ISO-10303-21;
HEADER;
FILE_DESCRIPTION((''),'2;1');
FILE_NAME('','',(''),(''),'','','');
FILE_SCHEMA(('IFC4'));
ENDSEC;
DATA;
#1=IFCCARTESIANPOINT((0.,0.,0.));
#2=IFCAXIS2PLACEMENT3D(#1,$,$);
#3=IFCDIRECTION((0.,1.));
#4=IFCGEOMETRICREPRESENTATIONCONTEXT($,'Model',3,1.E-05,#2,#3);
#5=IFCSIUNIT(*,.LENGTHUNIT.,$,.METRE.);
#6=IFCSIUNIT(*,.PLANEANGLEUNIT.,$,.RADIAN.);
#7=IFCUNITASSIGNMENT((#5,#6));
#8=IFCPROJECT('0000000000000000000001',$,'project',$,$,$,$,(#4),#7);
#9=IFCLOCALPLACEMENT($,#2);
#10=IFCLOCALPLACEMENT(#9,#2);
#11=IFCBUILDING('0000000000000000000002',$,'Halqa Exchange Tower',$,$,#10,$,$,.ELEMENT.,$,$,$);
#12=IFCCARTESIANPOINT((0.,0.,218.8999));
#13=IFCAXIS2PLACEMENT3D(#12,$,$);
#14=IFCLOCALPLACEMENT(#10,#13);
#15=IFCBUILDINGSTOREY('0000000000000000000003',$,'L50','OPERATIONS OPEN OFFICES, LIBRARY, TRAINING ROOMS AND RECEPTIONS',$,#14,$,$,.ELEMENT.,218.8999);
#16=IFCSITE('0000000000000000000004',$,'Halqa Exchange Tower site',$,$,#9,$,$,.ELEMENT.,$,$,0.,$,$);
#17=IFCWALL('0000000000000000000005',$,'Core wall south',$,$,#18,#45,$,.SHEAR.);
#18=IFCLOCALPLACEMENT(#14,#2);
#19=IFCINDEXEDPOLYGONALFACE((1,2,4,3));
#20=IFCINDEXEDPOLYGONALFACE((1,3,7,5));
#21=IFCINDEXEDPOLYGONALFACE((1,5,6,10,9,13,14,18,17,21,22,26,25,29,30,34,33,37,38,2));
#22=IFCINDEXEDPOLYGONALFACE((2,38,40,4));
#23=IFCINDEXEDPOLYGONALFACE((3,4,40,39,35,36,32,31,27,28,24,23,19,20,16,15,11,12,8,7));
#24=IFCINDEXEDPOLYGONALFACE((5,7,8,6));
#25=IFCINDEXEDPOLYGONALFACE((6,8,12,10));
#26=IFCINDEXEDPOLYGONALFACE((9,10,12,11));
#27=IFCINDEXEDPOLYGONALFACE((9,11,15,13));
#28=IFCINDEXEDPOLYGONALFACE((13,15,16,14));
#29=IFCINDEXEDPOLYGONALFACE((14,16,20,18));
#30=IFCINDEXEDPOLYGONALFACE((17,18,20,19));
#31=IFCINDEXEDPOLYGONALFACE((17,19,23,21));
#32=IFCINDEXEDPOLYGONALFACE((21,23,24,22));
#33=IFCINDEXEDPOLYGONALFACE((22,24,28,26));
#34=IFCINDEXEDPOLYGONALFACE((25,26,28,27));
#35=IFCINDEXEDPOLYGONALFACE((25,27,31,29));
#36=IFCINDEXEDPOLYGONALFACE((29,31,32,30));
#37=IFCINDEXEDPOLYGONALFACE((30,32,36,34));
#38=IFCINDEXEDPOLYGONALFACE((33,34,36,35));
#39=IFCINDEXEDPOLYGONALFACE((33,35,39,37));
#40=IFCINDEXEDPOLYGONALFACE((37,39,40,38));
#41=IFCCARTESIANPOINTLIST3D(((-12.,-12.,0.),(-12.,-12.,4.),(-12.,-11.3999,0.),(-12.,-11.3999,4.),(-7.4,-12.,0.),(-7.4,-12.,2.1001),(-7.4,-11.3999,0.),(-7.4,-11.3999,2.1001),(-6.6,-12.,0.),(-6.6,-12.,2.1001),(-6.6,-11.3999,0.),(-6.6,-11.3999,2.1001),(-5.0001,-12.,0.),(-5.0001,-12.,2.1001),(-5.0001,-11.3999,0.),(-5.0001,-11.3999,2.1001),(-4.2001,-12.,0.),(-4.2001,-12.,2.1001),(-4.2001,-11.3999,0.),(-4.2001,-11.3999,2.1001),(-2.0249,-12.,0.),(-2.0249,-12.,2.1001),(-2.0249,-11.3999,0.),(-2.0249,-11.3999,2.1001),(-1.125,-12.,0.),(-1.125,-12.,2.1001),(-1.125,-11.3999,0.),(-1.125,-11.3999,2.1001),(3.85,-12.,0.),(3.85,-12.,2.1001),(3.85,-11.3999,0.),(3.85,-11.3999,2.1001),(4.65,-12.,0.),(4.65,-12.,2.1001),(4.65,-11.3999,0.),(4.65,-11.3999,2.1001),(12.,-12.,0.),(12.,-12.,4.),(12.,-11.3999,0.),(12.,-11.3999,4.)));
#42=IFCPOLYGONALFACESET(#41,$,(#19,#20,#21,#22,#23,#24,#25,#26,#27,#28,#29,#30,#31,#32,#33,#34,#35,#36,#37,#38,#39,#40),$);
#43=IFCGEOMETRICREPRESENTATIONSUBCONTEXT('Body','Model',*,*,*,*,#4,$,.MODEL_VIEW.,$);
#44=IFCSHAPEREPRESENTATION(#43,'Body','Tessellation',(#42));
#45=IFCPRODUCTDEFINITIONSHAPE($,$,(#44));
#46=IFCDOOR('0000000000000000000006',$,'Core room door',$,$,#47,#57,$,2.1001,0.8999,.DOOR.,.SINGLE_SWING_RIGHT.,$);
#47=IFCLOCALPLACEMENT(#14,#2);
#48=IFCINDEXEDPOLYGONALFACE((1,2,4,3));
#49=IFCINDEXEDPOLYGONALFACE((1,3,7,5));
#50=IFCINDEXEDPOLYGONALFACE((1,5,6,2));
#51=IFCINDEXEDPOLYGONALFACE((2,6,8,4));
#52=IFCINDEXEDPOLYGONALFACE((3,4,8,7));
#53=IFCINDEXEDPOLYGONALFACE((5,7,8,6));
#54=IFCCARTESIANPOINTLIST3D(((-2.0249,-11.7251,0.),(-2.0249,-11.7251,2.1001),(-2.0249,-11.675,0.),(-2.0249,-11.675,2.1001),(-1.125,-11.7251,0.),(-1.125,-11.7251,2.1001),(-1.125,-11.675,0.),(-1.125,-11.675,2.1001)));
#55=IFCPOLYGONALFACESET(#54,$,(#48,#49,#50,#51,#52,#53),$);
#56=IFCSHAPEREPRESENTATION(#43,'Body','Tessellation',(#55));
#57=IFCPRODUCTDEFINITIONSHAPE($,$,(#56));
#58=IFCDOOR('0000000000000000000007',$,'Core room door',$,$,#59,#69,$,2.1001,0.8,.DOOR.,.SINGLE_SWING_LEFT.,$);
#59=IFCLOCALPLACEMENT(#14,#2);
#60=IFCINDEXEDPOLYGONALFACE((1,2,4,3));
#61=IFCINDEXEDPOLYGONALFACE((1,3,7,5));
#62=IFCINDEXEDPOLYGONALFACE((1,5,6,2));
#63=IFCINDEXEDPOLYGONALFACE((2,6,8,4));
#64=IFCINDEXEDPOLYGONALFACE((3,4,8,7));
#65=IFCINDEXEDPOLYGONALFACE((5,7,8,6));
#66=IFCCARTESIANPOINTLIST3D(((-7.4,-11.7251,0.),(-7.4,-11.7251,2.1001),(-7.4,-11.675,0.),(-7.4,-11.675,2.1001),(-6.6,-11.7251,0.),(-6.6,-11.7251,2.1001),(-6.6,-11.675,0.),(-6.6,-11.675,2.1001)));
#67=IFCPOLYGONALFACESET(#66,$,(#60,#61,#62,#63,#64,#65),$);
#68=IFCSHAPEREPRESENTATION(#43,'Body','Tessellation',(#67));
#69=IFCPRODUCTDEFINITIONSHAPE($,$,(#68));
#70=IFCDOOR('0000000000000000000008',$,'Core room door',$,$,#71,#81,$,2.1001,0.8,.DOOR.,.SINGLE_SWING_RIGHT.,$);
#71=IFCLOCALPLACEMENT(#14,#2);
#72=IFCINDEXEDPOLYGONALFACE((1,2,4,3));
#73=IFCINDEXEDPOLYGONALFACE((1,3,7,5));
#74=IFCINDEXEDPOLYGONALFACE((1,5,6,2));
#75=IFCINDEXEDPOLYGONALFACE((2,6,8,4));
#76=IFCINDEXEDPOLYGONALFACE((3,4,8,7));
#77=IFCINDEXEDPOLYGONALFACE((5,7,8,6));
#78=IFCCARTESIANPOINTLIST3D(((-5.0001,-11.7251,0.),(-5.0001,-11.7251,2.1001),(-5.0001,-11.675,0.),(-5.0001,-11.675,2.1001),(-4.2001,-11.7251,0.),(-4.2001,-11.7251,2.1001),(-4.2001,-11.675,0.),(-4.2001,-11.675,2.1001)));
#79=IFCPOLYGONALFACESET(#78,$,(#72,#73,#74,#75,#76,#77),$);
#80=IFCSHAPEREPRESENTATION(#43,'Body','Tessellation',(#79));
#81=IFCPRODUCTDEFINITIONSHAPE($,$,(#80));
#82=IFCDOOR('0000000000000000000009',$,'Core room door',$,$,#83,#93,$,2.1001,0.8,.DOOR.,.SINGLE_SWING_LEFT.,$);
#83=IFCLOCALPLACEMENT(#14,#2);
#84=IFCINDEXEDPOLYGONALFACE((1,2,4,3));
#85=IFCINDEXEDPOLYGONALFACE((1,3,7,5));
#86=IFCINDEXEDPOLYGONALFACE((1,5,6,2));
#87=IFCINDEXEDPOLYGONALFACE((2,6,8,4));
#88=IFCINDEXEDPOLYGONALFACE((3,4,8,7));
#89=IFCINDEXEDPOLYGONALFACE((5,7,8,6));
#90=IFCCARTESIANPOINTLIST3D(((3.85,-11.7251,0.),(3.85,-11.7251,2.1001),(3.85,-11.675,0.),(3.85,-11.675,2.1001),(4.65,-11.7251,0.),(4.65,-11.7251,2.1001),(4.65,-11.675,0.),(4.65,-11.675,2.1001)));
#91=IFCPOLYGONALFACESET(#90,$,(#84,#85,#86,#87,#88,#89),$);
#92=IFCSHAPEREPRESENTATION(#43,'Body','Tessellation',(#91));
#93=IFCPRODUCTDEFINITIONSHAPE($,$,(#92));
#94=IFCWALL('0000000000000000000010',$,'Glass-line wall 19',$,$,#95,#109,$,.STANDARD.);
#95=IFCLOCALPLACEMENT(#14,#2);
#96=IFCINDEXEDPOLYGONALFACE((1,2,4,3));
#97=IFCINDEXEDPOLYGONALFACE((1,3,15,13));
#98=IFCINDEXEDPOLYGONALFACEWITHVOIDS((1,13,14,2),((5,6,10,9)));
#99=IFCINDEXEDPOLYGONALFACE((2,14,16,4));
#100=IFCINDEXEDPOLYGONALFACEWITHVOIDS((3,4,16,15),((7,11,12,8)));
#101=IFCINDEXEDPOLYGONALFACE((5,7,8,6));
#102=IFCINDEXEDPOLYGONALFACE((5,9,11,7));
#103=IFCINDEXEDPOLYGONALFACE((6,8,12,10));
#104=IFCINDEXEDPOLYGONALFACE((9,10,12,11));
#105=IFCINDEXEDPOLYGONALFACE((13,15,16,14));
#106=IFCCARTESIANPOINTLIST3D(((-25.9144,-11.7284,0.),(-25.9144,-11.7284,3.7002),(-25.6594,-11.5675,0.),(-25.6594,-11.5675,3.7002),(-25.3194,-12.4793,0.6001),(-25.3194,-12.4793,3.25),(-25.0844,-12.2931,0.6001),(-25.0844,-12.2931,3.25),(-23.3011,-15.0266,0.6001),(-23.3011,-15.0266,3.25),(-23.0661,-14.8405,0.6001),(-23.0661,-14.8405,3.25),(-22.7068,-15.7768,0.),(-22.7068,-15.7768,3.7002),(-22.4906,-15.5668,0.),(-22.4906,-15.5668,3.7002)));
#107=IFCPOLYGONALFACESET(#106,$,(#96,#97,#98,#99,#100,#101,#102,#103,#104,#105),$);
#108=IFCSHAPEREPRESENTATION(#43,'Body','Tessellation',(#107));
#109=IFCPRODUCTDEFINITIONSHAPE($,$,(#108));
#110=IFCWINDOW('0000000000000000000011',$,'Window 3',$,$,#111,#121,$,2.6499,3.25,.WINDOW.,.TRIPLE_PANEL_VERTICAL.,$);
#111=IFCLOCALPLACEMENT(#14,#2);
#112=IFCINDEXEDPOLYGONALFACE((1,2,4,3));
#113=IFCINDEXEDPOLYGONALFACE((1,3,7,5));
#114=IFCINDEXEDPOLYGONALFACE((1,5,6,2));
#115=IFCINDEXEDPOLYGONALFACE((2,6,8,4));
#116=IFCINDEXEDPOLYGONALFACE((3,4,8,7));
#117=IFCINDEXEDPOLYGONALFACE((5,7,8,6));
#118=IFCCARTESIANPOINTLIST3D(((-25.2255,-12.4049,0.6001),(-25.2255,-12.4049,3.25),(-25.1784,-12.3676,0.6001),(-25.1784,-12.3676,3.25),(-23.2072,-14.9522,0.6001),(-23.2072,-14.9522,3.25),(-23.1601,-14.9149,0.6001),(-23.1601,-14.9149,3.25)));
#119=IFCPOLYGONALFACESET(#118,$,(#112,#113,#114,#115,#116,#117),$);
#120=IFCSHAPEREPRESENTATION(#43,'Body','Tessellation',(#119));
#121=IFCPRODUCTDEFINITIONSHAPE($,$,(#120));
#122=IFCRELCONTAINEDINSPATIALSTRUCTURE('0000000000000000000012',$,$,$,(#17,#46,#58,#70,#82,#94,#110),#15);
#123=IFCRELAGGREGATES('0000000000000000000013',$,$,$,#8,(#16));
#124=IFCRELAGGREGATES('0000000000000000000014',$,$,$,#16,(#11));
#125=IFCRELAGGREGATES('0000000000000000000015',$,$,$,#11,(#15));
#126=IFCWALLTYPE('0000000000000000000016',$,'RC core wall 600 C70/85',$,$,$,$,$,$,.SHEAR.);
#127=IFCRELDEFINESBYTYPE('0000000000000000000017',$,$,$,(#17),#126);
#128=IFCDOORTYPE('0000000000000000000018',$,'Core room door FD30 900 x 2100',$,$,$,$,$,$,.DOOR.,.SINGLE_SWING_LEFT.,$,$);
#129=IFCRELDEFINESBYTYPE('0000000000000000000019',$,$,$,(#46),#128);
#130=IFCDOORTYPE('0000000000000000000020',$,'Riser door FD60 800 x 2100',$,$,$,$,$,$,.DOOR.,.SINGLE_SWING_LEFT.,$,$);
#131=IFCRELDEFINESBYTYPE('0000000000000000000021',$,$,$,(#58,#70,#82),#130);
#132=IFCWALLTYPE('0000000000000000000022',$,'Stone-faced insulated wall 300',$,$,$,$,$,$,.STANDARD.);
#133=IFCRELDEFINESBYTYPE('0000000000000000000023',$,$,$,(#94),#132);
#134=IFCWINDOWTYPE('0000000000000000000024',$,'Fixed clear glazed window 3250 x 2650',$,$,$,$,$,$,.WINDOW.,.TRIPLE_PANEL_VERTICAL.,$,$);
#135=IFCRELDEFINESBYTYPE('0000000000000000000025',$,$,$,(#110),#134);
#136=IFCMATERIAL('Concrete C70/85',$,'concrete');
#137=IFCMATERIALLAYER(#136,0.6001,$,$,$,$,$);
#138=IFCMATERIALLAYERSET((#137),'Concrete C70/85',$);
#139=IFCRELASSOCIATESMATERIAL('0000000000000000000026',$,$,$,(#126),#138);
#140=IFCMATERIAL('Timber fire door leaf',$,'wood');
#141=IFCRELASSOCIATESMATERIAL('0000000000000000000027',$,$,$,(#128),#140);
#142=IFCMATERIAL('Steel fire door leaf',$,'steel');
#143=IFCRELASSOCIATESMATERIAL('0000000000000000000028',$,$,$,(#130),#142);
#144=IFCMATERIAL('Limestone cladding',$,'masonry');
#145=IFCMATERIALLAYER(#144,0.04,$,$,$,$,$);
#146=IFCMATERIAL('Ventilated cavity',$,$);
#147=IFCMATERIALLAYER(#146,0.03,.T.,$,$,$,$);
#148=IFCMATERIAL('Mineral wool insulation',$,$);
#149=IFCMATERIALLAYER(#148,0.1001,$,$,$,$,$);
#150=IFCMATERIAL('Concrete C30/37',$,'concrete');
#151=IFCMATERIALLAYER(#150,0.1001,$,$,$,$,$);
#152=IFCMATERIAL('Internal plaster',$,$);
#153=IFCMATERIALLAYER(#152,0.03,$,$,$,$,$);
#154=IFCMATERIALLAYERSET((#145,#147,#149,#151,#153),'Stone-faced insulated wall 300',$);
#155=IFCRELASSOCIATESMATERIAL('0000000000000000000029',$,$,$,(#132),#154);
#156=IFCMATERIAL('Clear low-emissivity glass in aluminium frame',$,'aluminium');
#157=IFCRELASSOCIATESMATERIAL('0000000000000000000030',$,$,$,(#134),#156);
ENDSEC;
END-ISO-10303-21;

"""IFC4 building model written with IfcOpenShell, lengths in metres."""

from ifc_helpers import new_model, si_unit, direction, frame, frame_2d, origin, place, context, subcontext, project, spatial, polyline, rectangle, outline, extrude, material, layer, layer_set, type_object, element, fill, save


model = new_model("IFC4")

# Units and contexts
model_context = context("Model", 3, precision=1e-05, world=origin(), true_north=direction((0.0, 1.0)))
body_context = subcontext(model_context, "Body", "Model", "MODEL_VIEW")
ifc_project = project(units=[si_unit("LENGTHUNIT", "METRE"), si_unit("PLANEANGLEUNIT", "RADIAN")], contexts=[model_context])

# Site, building, storey
site_placement = place(None, origin())
site = spatial("IfcSite", under=ifc_project, at=site_placement, Name="Halqa Exchange Tower site", CompositionType="ELEMENT", RefElevation=0.0)
building_placement = place(site_placement, origin())
building = spatial("IfcBuilding", under=site, at=building_placement, Name="Halqa Exchange Tower", CompositionType="ELEMENT")
storey_placement = place(building_placement, frame((0.0, 0.0, 218.8999)))
storey = spatial("IfcBuildingStorey", under=building, at=storey_placement, Name="L50", Description="OPERATIONS OPEN OFFICES, LIBRARY, TRAINING ROOMS AND RECEPTIONS", CompositionType="ELEMENT", Elevation=218.8999)

# Shared definitions
ifc_material_1 = material(Name="Steel fire door leaf", Category="steel")

# Wall, openings, doors
ifc_material_2 = material(Name="Concrete C70/85", Category="concrete")
ifc_layer_1 = layer(ifc_material_2, 0.6001)
ifc_layer_set_1 = layer_set([ifc_layer_1], Name="Concrete C70/85")
wall_type_1 = type_object("IfcWallType", Name="RC core wall 600 C70/85", PredefinedType="SHEAR", material=ifc_layer_set_1)
wall_1_placement = place(storey_placement, frame((-12.0, -11.7, 0.0), z_axis=(0.0, 0.0, 1.0), x_axis=(1.0, 0.0, 0.0)))
wall_1 = element("IfcWall", 1, at=wall_1_placement, inside=storey, type_object=wall_type_1, Name="Core wall south", PredefinedType="SHEAR", context=body_context, shape_type="SweptSolid", body=[
    extrude(rectangle(XDim=24.0, YDim=0.6001, at=frame_2d((12.0, 0.0))), origin(), (0.0, 0.0, 1.0), 4.0),
])
opening_1_placement = place(wall_1_placement, frame((9.9751, 0.0, 0.0)))
opening_1 = element("IfcOpeningElement", 2, at=opening_1_placement, cuts=wall_1, PredefinedType="OPENING", context=body_context, shape_type="SweptSolid", body=[
    extrude(rectangle(XDim=0.8999, YDim=2.1001, at=frame_2d((0.45, 1.05))), frame((0.0, 0.312, 0.0), z_axis=(0.0, -1.0, 0.0), x_axis=(1.0, 0.0, 0.0)), (0.0, 0.0, 1.0), 0.624),
])
opening_2_placement = place(wall_1_placement, frame((4.6001, 0.0, 0.0)))
opening_2 = element("IfcOpeningElement", 3, at=opening_2_placement, cuts=wall_1, PredefinedType="OPENING", context=body_context, shape_type="SweptSolid", body=[
    extrude(rectangle(XDim=0.8, YDim=2.1001, at=frame_2d((0.3999, 1.05))), frame((0.0, 0.312, 0.0), z_axis=(0.0, -1.0, 0.0), x_axis=(1.0, 0.0, 0.0)), (0.0, 0.0, 1.0), 0.624),
])
opening_3_placement = place(wall_1_placement, frame((7.0, 0.0, 0.0)))
opening_3 = element("IfcOpeningElement", 4, at=opening_3_placement, cuts=wall_1, PredefinedType="OPENING", context=body_context, shape_type="SweptSolid", body=[
    extrude(rectangle(XDim=0.8, YDim=2.1001, at=frame_2d((0.3999, 1.05))), frame((0.0, 0.312, 0.0), z_axis=(0.0, -1.0, 0.0), x_axis=(1.0, 0.0, 0.0)), (0.0, 0.0, 1.0), 0.624),
])
opening_4_placement = place(wall_1_placement, frame((15.8501, 0.0, 0.0)))
opening_4 = element("IfcOpeningElement", 5, at=opening_4_placement, cuts=wall_1, PredefinedType="OPENING", context=body_context, shape_type="SweptSolid", body=[
    extrude(rectangle(XDim=0.8, YDim=2.1001, at=frame_2d((0.3999, 1.05))), frame((0.0, 0.312, 0.0), z_axis=(0.0, -1.0, 0.0), x_axis=(1.0, 0.0, 0.0)), (0.0, 0.0, 1.0), 0.624),
])
ifc_material_3 = material(Name="Timber fire door leaf", Category="wood")
door_type_1 = type_object("IfcDoorType", Name="Core room door FD30 900 x 2100", OperationType="SINGLE_SWING_LEFT", PredefinedType="DOOR", material=ifc_material_3)
door_1_placement = place(opening_1_placement, origin())
door_1 = element("IfcDoor", 6, at=door_1_placement, inside=storey, type_object=door_type_1, Name="Core room door", OperationType="SINGLE_SWING_RIGHT", OverallHeight=2.1001, OverallWidth=0.8999, PredefinedType="DOOR", context=body_context, shape_type="SweptSolid", body=[
    extrude(rectangle(XDim=0.8999, YDim=2.1001, at=frame_2d((0.45, 1.05))), frame((0.0, 0.0249, 0.0), z_axis=(0.0, -1.0, 0.0), x_axis=(1.0, 0.0, 0.0)), (0.0, 0.0, 1.0), 0.05),
])
fill(opening_1, door_1)
door_type_2 = type_object("IfcDoorType", Name="Riser door FD60 800 x 2100", OperationType="SINGLE_SWING_LEFT", PredefinedType="DOOR", material=ifc_material_1)
door_2_placement = place(opening_2_placement, origin())
door_2 = element("IfcDoor", 7, at=door_2_placement, inside=storey, type_object=door_type_2, Name="Core room door", OperationType="SINGLE_SWING_LEFT", OverallHeight=2.1001, OverallWidth=0.8, PredefinedType="DOOR", context=body_context, shape_type="SweptSolid", body=[
    extrude(rectangle(XDim=0.8, YDim=2.1001, at=frame_2d((0.3999, 1.05))), frame((0.0, 0.0249, 0.0), z_axis=(0.0, -1.0, 0.0), x_axis=(1.0, 0.0, 0.0)), (0.0, 0.0, 1.0), 0.05),
])
fill(opening_2, door_2)
door_3_placement = place(opening_3_placement, origin())
door_3 = element("IfcDoor", 8, at=door_3_placement, inside=storey, type_object=door_type_2, Name="Core room door", OperationType="SINGLE_SWING_RIGHT", OverallHeight=2.1001, OverallWidth=0.8, PredefinedType="DOOR", context=body_context, shape_type="SweptSolid", body=[
    extrude(rectangle(XDim=0.8, YDim=2.1001, at=frame_2d((0.3999, 1.05))), frame((0.0, 0.0249, 0.0), z_axis=(0.0, -1.0, 0.0), x_axis=(1.0, 0.0, 0.0)), (0.0, 0.0, 1.0), 0.05),
])
fill(opening_3, door_3)
door_4_placement = place(opening_4_placement, origin())
door_4 = element("IfcDoor", 9, at=door_4_placement, inside=storey, type_object=door_type_2, Name="Core room door", OperationType="SINGLE_SWING_LEFT", OverallHeight=2.1001, OverallWidth=0.8, PredefinedType="DOOR", context=body_context, shape_type="SweptSolid", body=[
    extrude(rectangle(XDim=0.8, YDim=2.1001, at=frame_2d((0.3999, 1.05))), frame((0.0, 0.0249, 0.0), z_axis=(0.0, -1.0, 0.0), x_axis=(1.0, 0.0, 0.0)), (0.0, 0.0, 1.0), 0.05),
])
fill(opening_4, door_4)

# Wall, opening, window
ifc_material_4 = material(Name="Limestone cladding", Category="masonry")
ifc_layer_2 = layer(ifc_material_4, 0.04)
ifc_material_5 = material(Name="Ventilated cavity")
ifc_layer_3 = layer(ifc_material_5, 0.03, ventilated=True)
ifc_material_6 = material(Name="Mineral wool insulation")
ifc_layer_4 = layer(ifc_material_6, 0.1001)
ifc_material_7 = material(Name="Concrete C30/37", Category="concrete")
ifc_layer_5 = layer(ifc_material_7, 0.1001)
ifc_material_8 = material(Name="Internal plaster")
ifc_layer_6 = layer(ifc_material_8, 0.03)
ifc_layer_set_2 = layer_set([ifc_layer_2, ifc_layer_3, ifc_layer_4, ifc_layer_5, ifc_layer_6], Name="Stone-faced insulated wall 300")
wall_type_2 = type_object("IfcWallType", Name="Stone-faced insulated wall 300", PredefinedType="STANDARD", material=ifc_layer_set_2)
wall_2_placement = place(storey_placement, frame((-25.7869, -11.6479, 0.0), z_axis=(0.0, 0.0, 1.0), x_axis=(0.621017, -0.783797, 0.0)))
wall_2 = element("IfcWall", 10, at=wall_2_placement, inside=storey, type_object=wall_type_2, Name="Glass-line wall 19", PredefinedType="STANDARD", context=body_context, shape_type="SweptSolid", body=[
    extrude(outline(polyline([(-0.0161, -0.1499), (5.1489, -0.1499), (5.1187, 0.1499), (0.0161, 0.1499), (-0.0161, -0.1499)])), origin(), (0.0, 0.0, 1.0), 3.7002),
])
opening_5_placement = place(wall_2_placement, frame((0.9419, 0.0, 0.6001)))
opening_5 = element("IfcOpeningElement", 11, at=opening_5_placement, cuts=wall_2, PredefinedType="OPENING", context=body_context, shape_type="SweptSolid", body=[
    extrude(rectangle(XDim=3.25, YDim=2.6499, at=frame_2d((1.625, 1.325))), frame((0.0, 0.1621, 0.0), z_axis=(0.0, -1.0, 0.0), x_axis=(1.0, 0.0, 0.0)), (0.0, 0.0, 1.0), 0.324),
])
ifc_material_9 = material(Name="Clear low-emissivity glass in aluminium frame", Category="aluminium")
window_type = type_object("IfcWindowType", Name="Fixed clear glazed window 3250 x 2650", PartitioningType="TRIPLE_PANEL_VERTICAL", PredefinedType="WINDOW", material=ifc_material_9)
window_placement = place(opening_5_placement, origin())
window = element("IfcWindow", 12, at=window_placement, inside=storey, type_object=window_type, Name="Window 3", OverallHeight=2.6499, OverallWidth=3.25, PartitioningType="TRIPLE_PANEL_VERTICAL", PredefinedType="WINDOW", context=body_context, shape_type="SweptSolid", body=[
    extrude(rectangle(XDim=3.25, YDim=2.6499, at=frame_2d((1.625, 1.325))), frame((0.0, 0.03, 0.0), z_axis=(0.0, -1.0, 0.0), x_axis=(1.0, 0.0, 0.0)), (0.0, 0.0, 1.0), 0.0601),
])
fill(opening_5, window)

save(model, "model.ifc")
